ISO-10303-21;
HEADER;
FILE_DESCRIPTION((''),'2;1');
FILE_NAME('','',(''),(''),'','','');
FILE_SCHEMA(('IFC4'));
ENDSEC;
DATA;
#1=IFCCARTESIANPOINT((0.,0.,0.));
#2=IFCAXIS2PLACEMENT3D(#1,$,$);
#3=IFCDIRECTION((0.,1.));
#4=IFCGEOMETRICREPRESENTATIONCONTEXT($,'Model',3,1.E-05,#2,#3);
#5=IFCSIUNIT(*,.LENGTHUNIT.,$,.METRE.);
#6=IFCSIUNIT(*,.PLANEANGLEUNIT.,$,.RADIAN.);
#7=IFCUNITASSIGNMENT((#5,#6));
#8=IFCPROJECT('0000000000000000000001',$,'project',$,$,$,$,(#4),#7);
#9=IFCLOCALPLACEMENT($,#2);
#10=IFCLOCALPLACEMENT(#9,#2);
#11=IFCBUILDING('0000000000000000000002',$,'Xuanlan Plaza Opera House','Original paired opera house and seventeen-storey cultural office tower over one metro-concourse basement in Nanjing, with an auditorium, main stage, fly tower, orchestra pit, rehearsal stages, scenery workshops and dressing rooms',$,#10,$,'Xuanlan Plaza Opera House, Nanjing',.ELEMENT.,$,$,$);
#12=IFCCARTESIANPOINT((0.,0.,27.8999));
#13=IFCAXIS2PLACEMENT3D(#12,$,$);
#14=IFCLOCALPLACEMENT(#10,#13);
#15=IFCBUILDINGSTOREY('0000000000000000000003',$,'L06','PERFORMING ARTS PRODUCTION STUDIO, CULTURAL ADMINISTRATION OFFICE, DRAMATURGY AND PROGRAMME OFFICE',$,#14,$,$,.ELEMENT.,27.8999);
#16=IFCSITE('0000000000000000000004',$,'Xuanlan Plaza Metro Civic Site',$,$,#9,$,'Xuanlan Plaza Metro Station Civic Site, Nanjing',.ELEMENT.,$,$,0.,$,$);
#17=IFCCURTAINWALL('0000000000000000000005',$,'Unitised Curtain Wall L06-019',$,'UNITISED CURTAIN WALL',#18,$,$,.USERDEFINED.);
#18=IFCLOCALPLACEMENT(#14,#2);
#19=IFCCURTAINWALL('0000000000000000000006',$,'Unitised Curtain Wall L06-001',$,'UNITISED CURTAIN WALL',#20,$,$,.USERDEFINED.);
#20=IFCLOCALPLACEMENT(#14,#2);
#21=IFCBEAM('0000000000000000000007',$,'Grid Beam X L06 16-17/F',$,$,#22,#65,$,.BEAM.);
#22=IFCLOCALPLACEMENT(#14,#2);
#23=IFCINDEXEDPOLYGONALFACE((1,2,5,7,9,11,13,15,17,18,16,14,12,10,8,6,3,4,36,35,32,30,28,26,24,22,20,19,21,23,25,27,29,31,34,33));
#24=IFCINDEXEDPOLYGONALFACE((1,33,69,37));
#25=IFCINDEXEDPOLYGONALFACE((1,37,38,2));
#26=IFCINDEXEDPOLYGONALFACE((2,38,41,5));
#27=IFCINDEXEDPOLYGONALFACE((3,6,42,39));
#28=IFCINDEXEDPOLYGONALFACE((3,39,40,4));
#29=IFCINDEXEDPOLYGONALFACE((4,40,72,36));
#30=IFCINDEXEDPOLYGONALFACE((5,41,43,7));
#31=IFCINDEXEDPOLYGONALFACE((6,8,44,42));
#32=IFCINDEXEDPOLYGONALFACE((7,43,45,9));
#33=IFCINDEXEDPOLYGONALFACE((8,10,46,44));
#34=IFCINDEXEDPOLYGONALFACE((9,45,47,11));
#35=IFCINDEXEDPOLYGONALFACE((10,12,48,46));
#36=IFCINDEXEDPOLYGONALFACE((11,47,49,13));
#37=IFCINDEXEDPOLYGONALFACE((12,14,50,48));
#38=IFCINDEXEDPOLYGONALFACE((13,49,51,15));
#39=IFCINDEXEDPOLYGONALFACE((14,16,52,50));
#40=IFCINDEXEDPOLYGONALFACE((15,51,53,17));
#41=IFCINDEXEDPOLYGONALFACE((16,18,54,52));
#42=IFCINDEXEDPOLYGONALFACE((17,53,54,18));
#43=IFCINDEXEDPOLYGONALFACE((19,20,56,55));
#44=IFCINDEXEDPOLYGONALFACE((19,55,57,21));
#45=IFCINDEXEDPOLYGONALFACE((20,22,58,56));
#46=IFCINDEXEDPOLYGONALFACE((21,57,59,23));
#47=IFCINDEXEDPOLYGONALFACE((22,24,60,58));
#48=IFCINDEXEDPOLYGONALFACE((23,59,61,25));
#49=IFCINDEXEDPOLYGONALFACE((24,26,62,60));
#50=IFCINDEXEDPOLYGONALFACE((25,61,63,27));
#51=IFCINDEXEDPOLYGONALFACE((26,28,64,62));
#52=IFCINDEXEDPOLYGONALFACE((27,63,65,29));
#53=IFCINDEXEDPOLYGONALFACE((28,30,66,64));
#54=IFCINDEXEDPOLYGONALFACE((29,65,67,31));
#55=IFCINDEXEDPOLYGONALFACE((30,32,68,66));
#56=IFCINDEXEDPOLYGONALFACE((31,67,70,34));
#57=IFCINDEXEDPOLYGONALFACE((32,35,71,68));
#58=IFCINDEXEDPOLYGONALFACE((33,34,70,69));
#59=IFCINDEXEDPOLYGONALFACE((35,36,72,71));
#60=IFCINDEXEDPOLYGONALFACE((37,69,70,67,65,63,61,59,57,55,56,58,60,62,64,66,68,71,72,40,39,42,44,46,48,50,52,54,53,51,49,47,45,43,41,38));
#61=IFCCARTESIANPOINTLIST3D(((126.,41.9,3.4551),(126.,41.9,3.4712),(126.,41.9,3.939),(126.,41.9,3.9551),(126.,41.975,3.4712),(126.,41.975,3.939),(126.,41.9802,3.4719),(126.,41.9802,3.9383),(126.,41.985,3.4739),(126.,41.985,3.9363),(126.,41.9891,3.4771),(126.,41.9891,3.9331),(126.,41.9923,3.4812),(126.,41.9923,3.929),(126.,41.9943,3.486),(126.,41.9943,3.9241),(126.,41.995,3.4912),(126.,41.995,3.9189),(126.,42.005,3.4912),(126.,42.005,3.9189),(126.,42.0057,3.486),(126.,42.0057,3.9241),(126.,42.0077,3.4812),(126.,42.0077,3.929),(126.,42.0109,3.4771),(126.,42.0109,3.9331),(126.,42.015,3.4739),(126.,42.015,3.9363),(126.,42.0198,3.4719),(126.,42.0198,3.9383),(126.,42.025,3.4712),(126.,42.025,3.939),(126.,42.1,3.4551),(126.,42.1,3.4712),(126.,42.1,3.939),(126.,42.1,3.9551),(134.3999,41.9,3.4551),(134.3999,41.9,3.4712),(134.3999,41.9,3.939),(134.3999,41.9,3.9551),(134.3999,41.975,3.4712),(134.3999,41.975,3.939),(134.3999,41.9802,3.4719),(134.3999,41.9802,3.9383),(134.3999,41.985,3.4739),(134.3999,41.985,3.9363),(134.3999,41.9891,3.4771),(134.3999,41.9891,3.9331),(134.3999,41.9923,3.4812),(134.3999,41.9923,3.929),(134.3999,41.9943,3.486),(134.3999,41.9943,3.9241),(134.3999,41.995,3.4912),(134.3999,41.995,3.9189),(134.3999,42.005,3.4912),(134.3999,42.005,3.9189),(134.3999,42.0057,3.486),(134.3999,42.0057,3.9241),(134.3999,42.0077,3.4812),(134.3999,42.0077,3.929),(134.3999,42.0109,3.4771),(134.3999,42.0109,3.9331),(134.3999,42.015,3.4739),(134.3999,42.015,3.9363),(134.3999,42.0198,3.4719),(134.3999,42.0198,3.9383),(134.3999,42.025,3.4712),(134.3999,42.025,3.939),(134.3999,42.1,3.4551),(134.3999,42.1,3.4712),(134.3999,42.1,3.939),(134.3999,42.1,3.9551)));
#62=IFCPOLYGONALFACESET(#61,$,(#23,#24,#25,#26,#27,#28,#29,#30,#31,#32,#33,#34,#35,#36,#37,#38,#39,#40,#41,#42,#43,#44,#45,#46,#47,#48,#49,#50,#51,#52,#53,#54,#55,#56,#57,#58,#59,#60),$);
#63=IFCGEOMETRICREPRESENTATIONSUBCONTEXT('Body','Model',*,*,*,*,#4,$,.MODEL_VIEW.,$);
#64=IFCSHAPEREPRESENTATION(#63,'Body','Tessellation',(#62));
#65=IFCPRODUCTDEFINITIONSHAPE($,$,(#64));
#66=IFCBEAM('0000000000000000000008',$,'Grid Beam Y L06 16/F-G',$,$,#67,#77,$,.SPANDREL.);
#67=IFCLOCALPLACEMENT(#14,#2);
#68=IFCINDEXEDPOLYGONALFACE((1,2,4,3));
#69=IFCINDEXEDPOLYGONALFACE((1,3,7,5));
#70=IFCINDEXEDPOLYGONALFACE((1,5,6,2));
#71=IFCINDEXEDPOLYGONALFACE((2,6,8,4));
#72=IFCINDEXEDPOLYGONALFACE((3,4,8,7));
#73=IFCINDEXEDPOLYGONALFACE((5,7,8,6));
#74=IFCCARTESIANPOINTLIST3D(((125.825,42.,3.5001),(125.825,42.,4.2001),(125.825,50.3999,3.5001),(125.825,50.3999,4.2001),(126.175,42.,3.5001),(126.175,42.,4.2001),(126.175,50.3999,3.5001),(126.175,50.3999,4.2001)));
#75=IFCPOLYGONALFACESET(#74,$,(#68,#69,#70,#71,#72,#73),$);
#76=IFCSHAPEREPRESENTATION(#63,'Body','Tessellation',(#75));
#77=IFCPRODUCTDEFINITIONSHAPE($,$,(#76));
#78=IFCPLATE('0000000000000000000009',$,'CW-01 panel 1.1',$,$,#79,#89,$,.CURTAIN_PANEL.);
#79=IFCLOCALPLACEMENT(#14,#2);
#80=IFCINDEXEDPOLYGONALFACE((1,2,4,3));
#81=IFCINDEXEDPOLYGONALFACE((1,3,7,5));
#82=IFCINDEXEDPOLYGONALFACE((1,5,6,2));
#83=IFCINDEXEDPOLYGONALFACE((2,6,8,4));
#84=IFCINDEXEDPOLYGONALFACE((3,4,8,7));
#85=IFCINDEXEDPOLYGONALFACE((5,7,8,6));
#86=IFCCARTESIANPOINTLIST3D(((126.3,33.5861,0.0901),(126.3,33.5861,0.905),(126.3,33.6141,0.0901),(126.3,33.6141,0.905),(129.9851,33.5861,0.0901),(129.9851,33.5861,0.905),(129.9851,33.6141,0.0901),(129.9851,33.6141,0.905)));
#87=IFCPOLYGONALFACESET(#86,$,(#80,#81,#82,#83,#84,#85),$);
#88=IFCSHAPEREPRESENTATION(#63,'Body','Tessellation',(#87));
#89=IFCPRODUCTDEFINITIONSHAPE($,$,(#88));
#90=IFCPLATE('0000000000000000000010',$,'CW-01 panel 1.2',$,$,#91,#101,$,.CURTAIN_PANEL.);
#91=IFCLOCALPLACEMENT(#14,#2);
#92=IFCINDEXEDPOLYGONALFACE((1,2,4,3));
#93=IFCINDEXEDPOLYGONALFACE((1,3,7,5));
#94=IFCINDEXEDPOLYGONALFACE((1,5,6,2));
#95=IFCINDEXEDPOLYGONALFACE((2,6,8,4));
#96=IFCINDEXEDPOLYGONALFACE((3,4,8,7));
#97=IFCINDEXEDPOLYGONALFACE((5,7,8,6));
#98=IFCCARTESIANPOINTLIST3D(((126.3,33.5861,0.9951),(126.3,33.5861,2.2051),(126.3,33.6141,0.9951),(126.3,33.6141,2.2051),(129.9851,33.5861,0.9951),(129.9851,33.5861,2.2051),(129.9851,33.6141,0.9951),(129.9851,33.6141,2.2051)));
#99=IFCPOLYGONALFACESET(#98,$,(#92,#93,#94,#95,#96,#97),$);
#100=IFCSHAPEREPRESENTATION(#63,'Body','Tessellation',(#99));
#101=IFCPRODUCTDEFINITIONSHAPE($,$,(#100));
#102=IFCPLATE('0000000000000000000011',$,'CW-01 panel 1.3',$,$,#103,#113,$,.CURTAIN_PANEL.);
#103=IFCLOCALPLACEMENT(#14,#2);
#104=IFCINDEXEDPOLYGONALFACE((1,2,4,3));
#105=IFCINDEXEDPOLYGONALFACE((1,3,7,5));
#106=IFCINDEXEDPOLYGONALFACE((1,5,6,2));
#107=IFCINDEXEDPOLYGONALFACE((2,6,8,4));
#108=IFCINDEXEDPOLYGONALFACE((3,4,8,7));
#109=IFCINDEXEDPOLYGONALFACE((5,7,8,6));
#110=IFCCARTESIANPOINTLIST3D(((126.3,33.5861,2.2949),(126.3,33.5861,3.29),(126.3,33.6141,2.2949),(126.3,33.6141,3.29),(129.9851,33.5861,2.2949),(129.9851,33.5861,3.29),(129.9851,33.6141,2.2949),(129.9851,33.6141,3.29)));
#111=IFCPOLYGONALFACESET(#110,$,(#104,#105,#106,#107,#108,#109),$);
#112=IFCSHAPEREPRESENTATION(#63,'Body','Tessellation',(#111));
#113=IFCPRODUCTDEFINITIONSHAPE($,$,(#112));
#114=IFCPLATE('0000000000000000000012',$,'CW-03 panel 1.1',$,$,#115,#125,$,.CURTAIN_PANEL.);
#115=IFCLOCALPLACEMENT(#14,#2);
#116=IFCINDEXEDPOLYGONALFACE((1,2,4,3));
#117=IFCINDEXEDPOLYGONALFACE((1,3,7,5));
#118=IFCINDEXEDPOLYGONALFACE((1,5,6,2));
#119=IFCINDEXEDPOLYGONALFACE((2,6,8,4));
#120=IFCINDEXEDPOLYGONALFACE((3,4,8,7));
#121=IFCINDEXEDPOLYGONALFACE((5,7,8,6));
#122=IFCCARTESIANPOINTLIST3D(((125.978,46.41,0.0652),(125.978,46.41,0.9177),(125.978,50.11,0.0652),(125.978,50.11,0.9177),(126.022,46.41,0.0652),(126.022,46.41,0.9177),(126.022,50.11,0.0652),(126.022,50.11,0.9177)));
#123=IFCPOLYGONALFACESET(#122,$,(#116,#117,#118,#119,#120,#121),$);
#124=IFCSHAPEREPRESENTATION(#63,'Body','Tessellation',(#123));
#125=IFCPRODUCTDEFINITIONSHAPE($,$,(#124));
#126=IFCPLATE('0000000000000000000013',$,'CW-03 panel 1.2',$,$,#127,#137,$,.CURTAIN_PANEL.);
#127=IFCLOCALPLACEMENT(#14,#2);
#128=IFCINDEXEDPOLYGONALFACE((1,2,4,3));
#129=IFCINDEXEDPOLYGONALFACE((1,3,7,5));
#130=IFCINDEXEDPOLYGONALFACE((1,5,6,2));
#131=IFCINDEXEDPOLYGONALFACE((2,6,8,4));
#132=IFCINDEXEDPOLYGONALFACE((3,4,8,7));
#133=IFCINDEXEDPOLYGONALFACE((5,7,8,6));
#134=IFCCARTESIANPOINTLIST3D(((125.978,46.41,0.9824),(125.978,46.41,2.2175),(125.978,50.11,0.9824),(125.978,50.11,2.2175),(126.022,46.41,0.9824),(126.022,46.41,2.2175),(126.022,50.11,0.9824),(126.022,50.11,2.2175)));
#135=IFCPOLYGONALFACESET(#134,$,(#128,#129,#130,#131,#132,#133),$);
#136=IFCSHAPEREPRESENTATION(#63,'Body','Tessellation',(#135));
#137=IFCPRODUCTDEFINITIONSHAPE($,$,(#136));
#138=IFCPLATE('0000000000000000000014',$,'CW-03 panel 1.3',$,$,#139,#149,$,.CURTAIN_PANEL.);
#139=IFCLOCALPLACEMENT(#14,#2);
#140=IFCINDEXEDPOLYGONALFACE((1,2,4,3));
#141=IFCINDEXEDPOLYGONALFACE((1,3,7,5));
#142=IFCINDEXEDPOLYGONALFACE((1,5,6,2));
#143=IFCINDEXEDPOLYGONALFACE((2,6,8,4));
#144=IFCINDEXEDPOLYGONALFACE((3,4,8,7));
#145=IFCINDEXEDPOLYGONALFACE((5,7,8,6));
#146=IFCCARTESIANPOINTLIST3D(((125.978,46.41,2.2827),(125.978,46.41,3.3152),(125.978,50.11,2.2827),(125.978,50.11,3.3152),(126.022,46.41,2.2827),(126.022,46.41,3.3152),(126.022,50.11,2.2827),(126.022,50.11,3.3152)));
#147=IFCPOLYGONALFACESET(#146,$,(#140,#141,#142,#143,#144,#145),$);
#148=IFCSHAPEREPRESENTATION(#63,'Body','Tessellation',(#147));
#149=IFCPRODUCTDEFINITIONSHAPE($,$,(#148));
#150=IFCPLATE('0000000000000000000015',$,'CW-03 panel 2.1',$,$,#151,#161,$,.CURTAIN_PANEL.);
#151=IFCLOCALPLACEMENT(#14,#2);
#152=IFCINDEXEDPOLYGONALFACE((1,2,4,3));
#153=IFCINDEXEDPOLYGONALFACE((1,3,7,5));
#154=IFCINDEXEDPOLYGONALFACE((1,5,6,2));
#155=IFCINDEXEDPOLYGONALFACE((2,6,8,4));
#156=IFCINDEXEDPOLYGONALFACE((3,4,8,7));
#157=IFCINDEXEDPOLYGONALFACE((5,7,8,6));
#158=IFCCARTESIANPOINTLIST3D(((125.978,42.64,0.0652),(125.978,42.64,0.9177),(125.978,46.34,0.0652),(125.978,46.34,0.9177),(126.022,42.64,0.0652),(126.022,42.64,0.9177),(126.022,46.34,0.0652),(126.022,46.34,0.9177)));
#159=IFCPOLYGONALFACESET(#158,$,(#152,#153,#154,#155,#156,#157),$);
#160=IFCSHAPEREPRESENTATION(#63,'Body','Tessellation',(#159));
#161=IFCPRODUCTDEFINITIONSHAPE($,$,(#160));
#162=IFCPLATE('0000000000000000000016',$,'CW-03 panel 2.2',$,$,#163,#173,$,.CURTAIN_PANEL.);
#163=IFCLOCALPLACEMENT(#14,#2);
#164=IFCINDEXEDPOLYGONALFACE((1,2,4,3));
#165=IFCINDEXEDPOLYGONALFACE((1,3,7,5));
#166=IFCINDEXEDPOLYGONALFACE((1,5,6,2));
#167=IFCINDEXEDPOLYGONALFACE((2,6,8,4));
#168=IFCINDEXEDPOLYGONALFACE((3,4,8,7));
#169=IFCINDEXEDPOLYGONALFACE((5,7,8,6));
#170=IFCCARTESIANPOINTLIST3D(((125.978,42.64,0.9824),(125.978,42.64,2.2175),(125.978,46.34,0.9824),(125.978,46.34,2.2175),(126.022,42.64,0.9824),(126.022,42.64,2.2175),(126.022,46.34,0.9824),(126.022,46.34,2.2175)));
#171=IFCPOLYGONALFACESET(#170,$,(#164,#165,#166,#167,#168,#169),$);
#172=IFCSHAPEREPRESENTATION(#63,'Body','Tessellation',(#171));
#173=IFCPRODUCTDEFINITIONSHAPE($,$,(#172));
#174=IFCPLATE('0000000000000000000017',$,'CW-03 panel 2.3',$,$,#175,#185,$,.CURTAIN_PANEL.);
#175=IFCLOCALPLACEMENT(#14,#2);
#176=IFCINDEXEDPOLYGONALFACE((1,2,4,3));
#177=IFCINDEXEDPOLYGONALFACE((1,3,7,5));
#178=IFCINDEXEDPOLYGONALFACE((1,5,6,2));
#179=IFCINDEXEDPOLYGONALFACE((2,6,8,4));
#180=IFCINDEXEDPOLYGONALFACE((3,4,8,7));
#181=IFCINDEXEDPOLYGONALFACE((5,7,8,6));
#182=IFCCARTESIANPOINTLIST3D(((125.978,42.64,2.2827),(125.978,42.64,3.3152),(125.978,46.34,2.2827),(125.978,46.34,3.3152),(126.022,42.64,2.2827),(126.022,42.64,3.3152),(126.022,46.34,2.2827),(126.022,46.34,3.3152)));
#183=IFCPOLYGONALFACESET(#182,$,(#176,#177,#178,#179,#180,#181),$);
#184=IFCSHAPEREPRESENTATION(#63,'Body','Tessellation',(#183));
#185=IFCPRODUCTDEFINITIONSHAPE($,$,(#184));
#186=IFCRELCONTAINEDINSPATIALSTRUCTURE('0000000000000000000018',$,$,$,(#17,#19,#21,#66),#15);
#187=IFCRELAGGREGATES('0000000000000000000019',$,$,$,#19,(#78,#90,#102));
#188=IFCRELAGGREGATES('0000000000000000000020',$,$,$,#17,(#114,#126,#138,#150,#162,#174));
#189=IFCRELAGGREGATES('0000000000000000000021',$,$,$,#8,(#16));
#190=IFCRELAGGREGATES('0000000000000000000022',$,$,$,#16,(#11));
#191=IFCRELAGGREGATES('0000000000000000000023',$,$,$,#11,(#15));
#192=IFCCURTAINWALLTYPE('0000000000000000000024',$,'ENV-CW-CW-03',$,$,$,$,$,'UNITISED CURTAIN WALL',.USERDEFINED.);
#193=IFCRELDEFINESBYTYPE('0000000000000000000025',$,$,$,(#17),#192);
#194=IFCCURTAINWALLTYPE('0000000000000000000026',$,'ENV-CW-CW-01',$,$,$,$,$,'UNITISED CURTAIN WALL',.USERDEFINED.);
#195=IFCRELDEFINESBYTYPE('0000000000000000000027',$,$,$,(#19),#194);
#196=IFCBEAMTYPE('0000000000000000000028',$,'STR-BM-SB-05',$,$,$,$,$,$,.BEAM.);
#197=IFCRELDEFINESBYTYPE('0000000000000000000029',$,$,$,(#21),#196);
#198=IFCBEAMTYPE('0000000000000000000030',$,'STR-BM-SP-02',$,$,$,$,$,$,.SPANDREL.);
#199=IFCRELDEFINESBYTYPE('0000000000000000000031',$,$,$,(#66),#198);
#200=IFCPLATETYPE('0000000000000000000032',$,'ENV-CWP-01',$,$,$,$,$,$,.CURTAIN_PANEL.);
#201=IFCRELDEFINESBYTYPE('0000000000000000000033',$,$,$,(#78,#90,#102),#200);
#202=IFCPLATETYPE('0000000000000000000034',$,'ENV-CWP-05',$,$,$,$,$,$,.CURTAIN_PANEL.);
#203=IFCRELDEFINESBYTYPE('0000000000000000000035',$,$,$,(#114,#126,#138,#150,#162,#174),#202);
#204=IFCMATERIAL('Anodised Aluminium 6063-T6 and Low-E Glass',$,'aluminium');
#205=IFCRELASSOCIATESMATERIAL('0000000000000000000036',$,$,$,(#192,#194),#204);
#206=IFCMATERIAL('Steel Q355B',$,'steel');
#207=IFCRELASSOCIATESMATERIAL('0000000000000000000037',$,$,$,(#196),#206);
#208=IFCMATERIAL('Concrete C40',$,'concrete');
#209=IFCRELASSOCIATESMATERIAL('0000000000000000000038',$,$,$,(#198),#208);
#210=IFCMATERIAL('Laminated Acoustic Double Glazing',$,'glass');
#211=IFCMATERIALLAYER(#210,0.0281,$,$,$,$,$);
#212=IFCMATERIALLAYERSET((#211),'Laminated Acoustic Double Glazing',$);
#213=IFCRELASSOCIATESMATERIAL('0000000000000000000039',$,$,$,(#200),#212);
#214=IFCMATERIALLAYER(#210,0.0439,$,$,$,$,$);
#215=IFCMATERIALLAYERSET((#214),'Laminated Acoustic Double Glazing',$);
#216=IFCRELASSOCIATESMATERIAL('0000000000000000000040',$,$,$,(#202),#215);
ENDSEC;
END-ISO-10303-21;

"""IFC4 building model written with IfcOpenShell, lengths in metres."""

from ifc_helpers import new_model, si_unit, direction, frame, origin, origin_2d, place, context, subcontext, project, spatial, rectangle, i_section, extrude, material, layer, layer_set, material_profile, profile_set, type_object, element, aggregate, save


model = new_model("IFC4")

# Units and contexts
model_context = context("Model", 3, precision=1e-05, world=origin(), true_north=direction((0.0, 1.0)))
body_context = subcontext(model_context, "Body", "Model", "MODEL_VIEW")
ifc_project = project(units=[si_unit("LENGTHUNIT", "METRE"), si_unit("PLANEANGLEUNIT", "RADIAN")], contexts=[model_context])

# Site, building, storey
site_placement = place(None, origin())
site = spatial("IfcSite", under=ifc_project, at=site_placement, Name="Xuanlan Plaza Metro Civic Site", LongName="Xuanlan Plaza Metro Station Civic Site, Nanjing", CompositionType="ELEMENT", RefElevation=0.0)
building_placement = place(site_placement, origin())
building = spatial("IfcBuilding", under=site, at=building_placement, Name="Xuanlan Plaza Opera House", Description="Original paired opera house and seventeen-storey cultural office tower over one metro-concourse basement in Nanjing, with an auditorium, main stage, fly tower, orchestra pit, rehearsal stages, scenery workshops and dressing rooms", LongName="Xuanlan Plaza Opera House, Nanjing", CompositionType="ELEMENT")
storey_placement = place(building_placement, frame((0.0, 0.0, 27.8999)))
storey = spatial("IfcBuildingStorey", under=building, at=storey_placement, Name="L06", Description="PERFORMING ARTS PRODUCTION STUDIO, CULTURAL ADMINISTRATION OFFICE, DRAMATURGY AND PROGRAMME OFFICE", CompositionType="ELEMENT", Elevation=27.8999)

# Curtain wall
ifc_material_1 = material(Name="Anodised Aluminium 6063-T6 and Low-E Glass", Category="aluminium")
curtain_wall_type_1 = type_object("IfcCurtainWallType", Name="ENV-CW-CW-03", ElementType="UNITISED CURTAIN WALL", PredefinedType="USERDEFINED", material=ifc_material_1)
curtain_wall_1_placement = place(storey_placement, origin())
curtain_wall_1 = element("IfcCurtainWall", 1, at=curtain_wall_1_placement, inside=storey, type_object=curtain_wall_type_1, Name="Unitised Curtain Wall L06-019", ObjectType="UNITISED CURTAIN WALL", PredefinedType="USERDEFINED")

# Curtain wall
curtain_wall_type_2 = type_object("IfcCurtainWallType", Name="ENV-CW-CW-01", ElementType="UNITISED CURTAIN WALL", PredefinedType="USERDEFINED", material=ifc_material_1)
curtain_wall_2_placement = place(storey_placement, origin())
curtain_wall_2 = element("IfcCurtainWall", 2, at=curtain_wall_2_placement, inside=storey, type_object=curtain_wall_type_2, Name="Unitised Curtain Wall L06-001", ObjectType="UNITISED CURTAIN WALL", PredefinedType="USERDEFINED")

# Beams
ifc_material_2 = material(Name="Steel Q355B", Category="steel")
ifc_material_profile_1 = material_profile(ifc_material_2, i_section(OverallWidth=0.2, OverallDepth=0.5, WebThickness=0.01, FlangeThickness=0.0161, FilletRadius=0.02, at=origin_2d()), Name="HN 500x200x10x16")
ifc_profile_set_1 = profile_set([ifc_material_profile_1], Name="Steel Q355B")
beam_type_1 = type_object("IfcBeamType", Name="STR-BM-SB-05", PredefinedType="BEAM", material=ifc_profile_set_1)
beam_1_placement = place(storey_placement, frame((126.0, 42.0, 3.7051), z_axis=(1.0, 0.0, 0.0), x_axis=(0.0, 1.0, 0.0)))
element("IfcBeam", 3, at=beam_1_placement, inside=storey, type_object=beam_type_1, Name="Grid Beam X L06 16-17/F", PredefinedType="BEAM", context=body_context, shape_type="SweptSolid", body=[
    extrude(i_section(OverallWidth=0.2, OverallDepth=0.5, WebThickness=0.01, FlangeThickness=0.0161, FilletRadius=0.02, at=origin_2d()), origin(), (0.0, 0.0, 1.0), 8.3999),
])
ifc_material_3 = material(Name="Concrete C40", Category="concrete")
ifc_material_profile_2 = material_profile(ifc_material_3, rectangle(XDim=0.3501, YDim=0.7, at=origin_2d()), Name="RC-SPD 350x700")
ifc_profile_set_2 = profile_set([ifc_material_profile_2], Name="Concrete C40")
beam_type_2 = type_object("IfcBeamType", Name="STR-BM-SP-02", PredefinedType="SPANDREL", material=ifc_profile_set_2)
beam_2_placement = place(storey_placement, frame((126.0, 42.0, 3.8501), z_axis=(0.0, 1.0, 0.0), x_axis=(-1.0, 0.0, 0.0)))
element("IfcBeam", 4, at=beam_2_placement, inside=storey, type_object=beam_type_2, Name="Grid Beam Y L06 16/F-G", PredefinedType="SPANDREL", context=body_context, shape_type="SweptSolid", body=[
    extrude(rectangle(XDim=0.3501, YDim=0.7, at=origin_2d()), origin(), (0.0, 0.0, 1.0), 8.3999),
])

# Plates
ifc_material_4 = material(Name="Laminated Acoustic Double Glazing", Category="glass")
ifc_layer_1 = layer(ifc_material_4, 0.0281)
ifc_layer_set_1 = layer_set([ifc_layer_1], Name="Laminated Acoustic Double Glazing")
plate_type_1 = type_object("IfcPlateType", Name="ENV-CWP-01", PredefinedType="CURTAIN_PANEL", material=ifc_layer_set_1)
plate_1_placement = place(storey_placement, frame((128.1426, 33.6001, 0.0901), z_axis=(0.0, 0.0, 1.0), x_axis=(1.0, 0.0, 0.0)))
plate_1 = element("IfcPlate", 5, at=plate_1_placement, type_object=plate_type_1, Name="CW-01 panel 1.1", PredefinedType="CURTAIN_PANEL", context=body_context, shape_type="SweptSolid", body=[
    extrude(rectangle(XDim=3.6851, YDim=0.0281, at=origin_2d()), origin(), (0.0, 0.0, 1.0), 0.8149),
])
plate_2_placement = place(storey_placement, frame((128.1426, 33.6001, 0.9951), z_axis=(0.0, 0.0, 1.0), x_axis=(1.0, 0.0, 0.0)))
plate_2 = element("IfcPlate", 6, at=plate_2_placement, type_object=plate_type_1, Name="CW-01 panel 1.2", PredefinedType="CURTAIN_PANEL", context=body_context, shape_type="SweptSolid", body=[
    extrude(rectangle(XDim=3.6851, YDim=0.0281, at=origin_2d()), origin(), (0.0, 0.0, 1.0), 1.21),
])
plate_3_placement = place(storey_placement, frame((128.1426, 33.6001, 2.2949), z_axis=(0.0, 0.0, 1.0), x_axis=(1.0, 0.0, 0.0)))
plate_3 = element("IfcPlate", 7, at=plate_3_placement, type_object=plate_type_1, Name="CW-01 panel 1.3", PredefinedType="CURTAIN_PANEL", context=body_context, shape_type="SweptSolid", body=[
    extrude(rectangle(XDim=3.6851, YDim=0.0281, at=origin_2d()), origin(), (0.0, 0.0, 1.0), 0.9951),
])
aggregate(curtain_wall_2, [plate_1, plate_2, plate_3])
ifc_layer_2 = layer(ifc_material_4, 0.0439)
ifc_layer_set_2 = layer_set([ifc_layer_2], Name="Laminated Acoustic Double Glazing")
plate_type_2 = type_object("IfcPlateType", Name="ENV-CWP-05", PredefinedType="CURTAIN_PANEL", material=ifc_layer_set_2)
plate_4_placement = place(storey_placement, frame((126.0, 48.26, 0.0652), z_axis=(0.0, 0.0, 1.0), x_axis=(0.0, -1.0, 0.0)))
plate_4 = element("IfcPlate", 8, at=plate_4_placement, type_object=plate_type_2, Name="CW-03 panel 1.1", PredefinedType="CURTAIN_PANEL", context=body_context, shape_type="SweptSolid", body=[
    extrude(rectangle(XDim=3.7, YDim=0.0439, at=origin_2d()), origin(), (0.0, 0.0, 1.0), 0.8525),
])
plate_5_placement = place(storey_placement, frame((126.0, 48.26, 0.9824), z_axis=(0.0, 0.0, 1.0), x_axis=(0.0, -1.0, 0.0)))
plate_5 = element("IfcPlate", 9, at=plate_5_placement, type_object=plate_type_2, Name="CW-03 panel 1.2", PredefinedType="CURTAIN_PANEL", context=body_context, shape_type="SweptSolid", body=[
    extrude(rectangle(XDim=3.7, YDim=0.0439, at=origin_2d()), origin(), (0.0, 0.0, 1.0), 1.2351),
])
plate_6_placement = place(storey_placement, frame((126.0, 48.26, 2.2827), z_axis=(0.0, 0.0, 1.0), x_axis=(0.0, -1.0, 0.0)))
plate_6 = element("IfcPlate", 10, at=plate_6_placement, type_object=plate_type_2, Name="CW-03 panel 1.3", PredefinedType="CURTAIN_PANEL", context=body_context, shape_type="SweptSolid", body=[
    extrude(rectangle(XDim=3.7, YDim=0.0439, at=origin_2d()), origin(), (0.0, 0.0, 1.0), 1.0325),
])
plate_7_placement = place(storey_placement, frame((126.0, 44.49, 0.0652), z_axis=(0.0, 0.0, 1.0), x_axis=(0.0, -1.0, 0.0)))
plate_7 = element("IfcPlate", 11, at=plate_7_placement, type_object=plate_type_2, Name="CW-03 panel 2.1", PredefinedType="CURTAIN_PANEL", context=body_context, shape_type="SweptSolid", body=[
    extrude(rectangle(XDim=3.7, YDim=0.0439, at=origin_2d()), origin(), (0.0, 0.0, 1.0), 0.8525),
])
plate_8_placement = place(storey_placement, frame((126.0, 44.49, 0.9824), z_axis=(0.0, 0.0, 1.0), x_axis=(0.0, -1.0, 0.0)))
plate_8 = element("IfcPlate", 12, at=plate_8_placement, type_object=plate_type_2, Name="CW-03 panel 2.2", PredefinedType="CURTAIN_PANEL", context=body_context, shape_type="SweptSolid", body=[
    extrude(rectangle(XDim=3.7, YDim=0.0439, at=origin_2d()), origin(), (0.0, 0.0, 1.0), 1.2351),
])
plate_9_placement = place(storey_placement, frame((126.0, 44.49, 2.2827), z_axis=(0.0, 0.0, 1.0), x_axis=(0.0, -1.0, 0.0)))
plate_9 = element("IfcPlate", 13, at=plate_9_placement, type_object=plate_type_2, Name="CW-03 panel 2.3", PredefinedType="CURTAIN_PANEL", context=body_context, shape_type="SweptSolid", body=[
    extrude(rectangle(XDim=3.7, YDim=0.0439, at=origin_2d()), origin(), (0.0, 0.0, 1.0), 1.0325),
])
aggregate(curtain_wall_1, [plate_4, plate_5, plate_6, plate_7, plate_8, plate_9])

save(model, "model.ifc")
